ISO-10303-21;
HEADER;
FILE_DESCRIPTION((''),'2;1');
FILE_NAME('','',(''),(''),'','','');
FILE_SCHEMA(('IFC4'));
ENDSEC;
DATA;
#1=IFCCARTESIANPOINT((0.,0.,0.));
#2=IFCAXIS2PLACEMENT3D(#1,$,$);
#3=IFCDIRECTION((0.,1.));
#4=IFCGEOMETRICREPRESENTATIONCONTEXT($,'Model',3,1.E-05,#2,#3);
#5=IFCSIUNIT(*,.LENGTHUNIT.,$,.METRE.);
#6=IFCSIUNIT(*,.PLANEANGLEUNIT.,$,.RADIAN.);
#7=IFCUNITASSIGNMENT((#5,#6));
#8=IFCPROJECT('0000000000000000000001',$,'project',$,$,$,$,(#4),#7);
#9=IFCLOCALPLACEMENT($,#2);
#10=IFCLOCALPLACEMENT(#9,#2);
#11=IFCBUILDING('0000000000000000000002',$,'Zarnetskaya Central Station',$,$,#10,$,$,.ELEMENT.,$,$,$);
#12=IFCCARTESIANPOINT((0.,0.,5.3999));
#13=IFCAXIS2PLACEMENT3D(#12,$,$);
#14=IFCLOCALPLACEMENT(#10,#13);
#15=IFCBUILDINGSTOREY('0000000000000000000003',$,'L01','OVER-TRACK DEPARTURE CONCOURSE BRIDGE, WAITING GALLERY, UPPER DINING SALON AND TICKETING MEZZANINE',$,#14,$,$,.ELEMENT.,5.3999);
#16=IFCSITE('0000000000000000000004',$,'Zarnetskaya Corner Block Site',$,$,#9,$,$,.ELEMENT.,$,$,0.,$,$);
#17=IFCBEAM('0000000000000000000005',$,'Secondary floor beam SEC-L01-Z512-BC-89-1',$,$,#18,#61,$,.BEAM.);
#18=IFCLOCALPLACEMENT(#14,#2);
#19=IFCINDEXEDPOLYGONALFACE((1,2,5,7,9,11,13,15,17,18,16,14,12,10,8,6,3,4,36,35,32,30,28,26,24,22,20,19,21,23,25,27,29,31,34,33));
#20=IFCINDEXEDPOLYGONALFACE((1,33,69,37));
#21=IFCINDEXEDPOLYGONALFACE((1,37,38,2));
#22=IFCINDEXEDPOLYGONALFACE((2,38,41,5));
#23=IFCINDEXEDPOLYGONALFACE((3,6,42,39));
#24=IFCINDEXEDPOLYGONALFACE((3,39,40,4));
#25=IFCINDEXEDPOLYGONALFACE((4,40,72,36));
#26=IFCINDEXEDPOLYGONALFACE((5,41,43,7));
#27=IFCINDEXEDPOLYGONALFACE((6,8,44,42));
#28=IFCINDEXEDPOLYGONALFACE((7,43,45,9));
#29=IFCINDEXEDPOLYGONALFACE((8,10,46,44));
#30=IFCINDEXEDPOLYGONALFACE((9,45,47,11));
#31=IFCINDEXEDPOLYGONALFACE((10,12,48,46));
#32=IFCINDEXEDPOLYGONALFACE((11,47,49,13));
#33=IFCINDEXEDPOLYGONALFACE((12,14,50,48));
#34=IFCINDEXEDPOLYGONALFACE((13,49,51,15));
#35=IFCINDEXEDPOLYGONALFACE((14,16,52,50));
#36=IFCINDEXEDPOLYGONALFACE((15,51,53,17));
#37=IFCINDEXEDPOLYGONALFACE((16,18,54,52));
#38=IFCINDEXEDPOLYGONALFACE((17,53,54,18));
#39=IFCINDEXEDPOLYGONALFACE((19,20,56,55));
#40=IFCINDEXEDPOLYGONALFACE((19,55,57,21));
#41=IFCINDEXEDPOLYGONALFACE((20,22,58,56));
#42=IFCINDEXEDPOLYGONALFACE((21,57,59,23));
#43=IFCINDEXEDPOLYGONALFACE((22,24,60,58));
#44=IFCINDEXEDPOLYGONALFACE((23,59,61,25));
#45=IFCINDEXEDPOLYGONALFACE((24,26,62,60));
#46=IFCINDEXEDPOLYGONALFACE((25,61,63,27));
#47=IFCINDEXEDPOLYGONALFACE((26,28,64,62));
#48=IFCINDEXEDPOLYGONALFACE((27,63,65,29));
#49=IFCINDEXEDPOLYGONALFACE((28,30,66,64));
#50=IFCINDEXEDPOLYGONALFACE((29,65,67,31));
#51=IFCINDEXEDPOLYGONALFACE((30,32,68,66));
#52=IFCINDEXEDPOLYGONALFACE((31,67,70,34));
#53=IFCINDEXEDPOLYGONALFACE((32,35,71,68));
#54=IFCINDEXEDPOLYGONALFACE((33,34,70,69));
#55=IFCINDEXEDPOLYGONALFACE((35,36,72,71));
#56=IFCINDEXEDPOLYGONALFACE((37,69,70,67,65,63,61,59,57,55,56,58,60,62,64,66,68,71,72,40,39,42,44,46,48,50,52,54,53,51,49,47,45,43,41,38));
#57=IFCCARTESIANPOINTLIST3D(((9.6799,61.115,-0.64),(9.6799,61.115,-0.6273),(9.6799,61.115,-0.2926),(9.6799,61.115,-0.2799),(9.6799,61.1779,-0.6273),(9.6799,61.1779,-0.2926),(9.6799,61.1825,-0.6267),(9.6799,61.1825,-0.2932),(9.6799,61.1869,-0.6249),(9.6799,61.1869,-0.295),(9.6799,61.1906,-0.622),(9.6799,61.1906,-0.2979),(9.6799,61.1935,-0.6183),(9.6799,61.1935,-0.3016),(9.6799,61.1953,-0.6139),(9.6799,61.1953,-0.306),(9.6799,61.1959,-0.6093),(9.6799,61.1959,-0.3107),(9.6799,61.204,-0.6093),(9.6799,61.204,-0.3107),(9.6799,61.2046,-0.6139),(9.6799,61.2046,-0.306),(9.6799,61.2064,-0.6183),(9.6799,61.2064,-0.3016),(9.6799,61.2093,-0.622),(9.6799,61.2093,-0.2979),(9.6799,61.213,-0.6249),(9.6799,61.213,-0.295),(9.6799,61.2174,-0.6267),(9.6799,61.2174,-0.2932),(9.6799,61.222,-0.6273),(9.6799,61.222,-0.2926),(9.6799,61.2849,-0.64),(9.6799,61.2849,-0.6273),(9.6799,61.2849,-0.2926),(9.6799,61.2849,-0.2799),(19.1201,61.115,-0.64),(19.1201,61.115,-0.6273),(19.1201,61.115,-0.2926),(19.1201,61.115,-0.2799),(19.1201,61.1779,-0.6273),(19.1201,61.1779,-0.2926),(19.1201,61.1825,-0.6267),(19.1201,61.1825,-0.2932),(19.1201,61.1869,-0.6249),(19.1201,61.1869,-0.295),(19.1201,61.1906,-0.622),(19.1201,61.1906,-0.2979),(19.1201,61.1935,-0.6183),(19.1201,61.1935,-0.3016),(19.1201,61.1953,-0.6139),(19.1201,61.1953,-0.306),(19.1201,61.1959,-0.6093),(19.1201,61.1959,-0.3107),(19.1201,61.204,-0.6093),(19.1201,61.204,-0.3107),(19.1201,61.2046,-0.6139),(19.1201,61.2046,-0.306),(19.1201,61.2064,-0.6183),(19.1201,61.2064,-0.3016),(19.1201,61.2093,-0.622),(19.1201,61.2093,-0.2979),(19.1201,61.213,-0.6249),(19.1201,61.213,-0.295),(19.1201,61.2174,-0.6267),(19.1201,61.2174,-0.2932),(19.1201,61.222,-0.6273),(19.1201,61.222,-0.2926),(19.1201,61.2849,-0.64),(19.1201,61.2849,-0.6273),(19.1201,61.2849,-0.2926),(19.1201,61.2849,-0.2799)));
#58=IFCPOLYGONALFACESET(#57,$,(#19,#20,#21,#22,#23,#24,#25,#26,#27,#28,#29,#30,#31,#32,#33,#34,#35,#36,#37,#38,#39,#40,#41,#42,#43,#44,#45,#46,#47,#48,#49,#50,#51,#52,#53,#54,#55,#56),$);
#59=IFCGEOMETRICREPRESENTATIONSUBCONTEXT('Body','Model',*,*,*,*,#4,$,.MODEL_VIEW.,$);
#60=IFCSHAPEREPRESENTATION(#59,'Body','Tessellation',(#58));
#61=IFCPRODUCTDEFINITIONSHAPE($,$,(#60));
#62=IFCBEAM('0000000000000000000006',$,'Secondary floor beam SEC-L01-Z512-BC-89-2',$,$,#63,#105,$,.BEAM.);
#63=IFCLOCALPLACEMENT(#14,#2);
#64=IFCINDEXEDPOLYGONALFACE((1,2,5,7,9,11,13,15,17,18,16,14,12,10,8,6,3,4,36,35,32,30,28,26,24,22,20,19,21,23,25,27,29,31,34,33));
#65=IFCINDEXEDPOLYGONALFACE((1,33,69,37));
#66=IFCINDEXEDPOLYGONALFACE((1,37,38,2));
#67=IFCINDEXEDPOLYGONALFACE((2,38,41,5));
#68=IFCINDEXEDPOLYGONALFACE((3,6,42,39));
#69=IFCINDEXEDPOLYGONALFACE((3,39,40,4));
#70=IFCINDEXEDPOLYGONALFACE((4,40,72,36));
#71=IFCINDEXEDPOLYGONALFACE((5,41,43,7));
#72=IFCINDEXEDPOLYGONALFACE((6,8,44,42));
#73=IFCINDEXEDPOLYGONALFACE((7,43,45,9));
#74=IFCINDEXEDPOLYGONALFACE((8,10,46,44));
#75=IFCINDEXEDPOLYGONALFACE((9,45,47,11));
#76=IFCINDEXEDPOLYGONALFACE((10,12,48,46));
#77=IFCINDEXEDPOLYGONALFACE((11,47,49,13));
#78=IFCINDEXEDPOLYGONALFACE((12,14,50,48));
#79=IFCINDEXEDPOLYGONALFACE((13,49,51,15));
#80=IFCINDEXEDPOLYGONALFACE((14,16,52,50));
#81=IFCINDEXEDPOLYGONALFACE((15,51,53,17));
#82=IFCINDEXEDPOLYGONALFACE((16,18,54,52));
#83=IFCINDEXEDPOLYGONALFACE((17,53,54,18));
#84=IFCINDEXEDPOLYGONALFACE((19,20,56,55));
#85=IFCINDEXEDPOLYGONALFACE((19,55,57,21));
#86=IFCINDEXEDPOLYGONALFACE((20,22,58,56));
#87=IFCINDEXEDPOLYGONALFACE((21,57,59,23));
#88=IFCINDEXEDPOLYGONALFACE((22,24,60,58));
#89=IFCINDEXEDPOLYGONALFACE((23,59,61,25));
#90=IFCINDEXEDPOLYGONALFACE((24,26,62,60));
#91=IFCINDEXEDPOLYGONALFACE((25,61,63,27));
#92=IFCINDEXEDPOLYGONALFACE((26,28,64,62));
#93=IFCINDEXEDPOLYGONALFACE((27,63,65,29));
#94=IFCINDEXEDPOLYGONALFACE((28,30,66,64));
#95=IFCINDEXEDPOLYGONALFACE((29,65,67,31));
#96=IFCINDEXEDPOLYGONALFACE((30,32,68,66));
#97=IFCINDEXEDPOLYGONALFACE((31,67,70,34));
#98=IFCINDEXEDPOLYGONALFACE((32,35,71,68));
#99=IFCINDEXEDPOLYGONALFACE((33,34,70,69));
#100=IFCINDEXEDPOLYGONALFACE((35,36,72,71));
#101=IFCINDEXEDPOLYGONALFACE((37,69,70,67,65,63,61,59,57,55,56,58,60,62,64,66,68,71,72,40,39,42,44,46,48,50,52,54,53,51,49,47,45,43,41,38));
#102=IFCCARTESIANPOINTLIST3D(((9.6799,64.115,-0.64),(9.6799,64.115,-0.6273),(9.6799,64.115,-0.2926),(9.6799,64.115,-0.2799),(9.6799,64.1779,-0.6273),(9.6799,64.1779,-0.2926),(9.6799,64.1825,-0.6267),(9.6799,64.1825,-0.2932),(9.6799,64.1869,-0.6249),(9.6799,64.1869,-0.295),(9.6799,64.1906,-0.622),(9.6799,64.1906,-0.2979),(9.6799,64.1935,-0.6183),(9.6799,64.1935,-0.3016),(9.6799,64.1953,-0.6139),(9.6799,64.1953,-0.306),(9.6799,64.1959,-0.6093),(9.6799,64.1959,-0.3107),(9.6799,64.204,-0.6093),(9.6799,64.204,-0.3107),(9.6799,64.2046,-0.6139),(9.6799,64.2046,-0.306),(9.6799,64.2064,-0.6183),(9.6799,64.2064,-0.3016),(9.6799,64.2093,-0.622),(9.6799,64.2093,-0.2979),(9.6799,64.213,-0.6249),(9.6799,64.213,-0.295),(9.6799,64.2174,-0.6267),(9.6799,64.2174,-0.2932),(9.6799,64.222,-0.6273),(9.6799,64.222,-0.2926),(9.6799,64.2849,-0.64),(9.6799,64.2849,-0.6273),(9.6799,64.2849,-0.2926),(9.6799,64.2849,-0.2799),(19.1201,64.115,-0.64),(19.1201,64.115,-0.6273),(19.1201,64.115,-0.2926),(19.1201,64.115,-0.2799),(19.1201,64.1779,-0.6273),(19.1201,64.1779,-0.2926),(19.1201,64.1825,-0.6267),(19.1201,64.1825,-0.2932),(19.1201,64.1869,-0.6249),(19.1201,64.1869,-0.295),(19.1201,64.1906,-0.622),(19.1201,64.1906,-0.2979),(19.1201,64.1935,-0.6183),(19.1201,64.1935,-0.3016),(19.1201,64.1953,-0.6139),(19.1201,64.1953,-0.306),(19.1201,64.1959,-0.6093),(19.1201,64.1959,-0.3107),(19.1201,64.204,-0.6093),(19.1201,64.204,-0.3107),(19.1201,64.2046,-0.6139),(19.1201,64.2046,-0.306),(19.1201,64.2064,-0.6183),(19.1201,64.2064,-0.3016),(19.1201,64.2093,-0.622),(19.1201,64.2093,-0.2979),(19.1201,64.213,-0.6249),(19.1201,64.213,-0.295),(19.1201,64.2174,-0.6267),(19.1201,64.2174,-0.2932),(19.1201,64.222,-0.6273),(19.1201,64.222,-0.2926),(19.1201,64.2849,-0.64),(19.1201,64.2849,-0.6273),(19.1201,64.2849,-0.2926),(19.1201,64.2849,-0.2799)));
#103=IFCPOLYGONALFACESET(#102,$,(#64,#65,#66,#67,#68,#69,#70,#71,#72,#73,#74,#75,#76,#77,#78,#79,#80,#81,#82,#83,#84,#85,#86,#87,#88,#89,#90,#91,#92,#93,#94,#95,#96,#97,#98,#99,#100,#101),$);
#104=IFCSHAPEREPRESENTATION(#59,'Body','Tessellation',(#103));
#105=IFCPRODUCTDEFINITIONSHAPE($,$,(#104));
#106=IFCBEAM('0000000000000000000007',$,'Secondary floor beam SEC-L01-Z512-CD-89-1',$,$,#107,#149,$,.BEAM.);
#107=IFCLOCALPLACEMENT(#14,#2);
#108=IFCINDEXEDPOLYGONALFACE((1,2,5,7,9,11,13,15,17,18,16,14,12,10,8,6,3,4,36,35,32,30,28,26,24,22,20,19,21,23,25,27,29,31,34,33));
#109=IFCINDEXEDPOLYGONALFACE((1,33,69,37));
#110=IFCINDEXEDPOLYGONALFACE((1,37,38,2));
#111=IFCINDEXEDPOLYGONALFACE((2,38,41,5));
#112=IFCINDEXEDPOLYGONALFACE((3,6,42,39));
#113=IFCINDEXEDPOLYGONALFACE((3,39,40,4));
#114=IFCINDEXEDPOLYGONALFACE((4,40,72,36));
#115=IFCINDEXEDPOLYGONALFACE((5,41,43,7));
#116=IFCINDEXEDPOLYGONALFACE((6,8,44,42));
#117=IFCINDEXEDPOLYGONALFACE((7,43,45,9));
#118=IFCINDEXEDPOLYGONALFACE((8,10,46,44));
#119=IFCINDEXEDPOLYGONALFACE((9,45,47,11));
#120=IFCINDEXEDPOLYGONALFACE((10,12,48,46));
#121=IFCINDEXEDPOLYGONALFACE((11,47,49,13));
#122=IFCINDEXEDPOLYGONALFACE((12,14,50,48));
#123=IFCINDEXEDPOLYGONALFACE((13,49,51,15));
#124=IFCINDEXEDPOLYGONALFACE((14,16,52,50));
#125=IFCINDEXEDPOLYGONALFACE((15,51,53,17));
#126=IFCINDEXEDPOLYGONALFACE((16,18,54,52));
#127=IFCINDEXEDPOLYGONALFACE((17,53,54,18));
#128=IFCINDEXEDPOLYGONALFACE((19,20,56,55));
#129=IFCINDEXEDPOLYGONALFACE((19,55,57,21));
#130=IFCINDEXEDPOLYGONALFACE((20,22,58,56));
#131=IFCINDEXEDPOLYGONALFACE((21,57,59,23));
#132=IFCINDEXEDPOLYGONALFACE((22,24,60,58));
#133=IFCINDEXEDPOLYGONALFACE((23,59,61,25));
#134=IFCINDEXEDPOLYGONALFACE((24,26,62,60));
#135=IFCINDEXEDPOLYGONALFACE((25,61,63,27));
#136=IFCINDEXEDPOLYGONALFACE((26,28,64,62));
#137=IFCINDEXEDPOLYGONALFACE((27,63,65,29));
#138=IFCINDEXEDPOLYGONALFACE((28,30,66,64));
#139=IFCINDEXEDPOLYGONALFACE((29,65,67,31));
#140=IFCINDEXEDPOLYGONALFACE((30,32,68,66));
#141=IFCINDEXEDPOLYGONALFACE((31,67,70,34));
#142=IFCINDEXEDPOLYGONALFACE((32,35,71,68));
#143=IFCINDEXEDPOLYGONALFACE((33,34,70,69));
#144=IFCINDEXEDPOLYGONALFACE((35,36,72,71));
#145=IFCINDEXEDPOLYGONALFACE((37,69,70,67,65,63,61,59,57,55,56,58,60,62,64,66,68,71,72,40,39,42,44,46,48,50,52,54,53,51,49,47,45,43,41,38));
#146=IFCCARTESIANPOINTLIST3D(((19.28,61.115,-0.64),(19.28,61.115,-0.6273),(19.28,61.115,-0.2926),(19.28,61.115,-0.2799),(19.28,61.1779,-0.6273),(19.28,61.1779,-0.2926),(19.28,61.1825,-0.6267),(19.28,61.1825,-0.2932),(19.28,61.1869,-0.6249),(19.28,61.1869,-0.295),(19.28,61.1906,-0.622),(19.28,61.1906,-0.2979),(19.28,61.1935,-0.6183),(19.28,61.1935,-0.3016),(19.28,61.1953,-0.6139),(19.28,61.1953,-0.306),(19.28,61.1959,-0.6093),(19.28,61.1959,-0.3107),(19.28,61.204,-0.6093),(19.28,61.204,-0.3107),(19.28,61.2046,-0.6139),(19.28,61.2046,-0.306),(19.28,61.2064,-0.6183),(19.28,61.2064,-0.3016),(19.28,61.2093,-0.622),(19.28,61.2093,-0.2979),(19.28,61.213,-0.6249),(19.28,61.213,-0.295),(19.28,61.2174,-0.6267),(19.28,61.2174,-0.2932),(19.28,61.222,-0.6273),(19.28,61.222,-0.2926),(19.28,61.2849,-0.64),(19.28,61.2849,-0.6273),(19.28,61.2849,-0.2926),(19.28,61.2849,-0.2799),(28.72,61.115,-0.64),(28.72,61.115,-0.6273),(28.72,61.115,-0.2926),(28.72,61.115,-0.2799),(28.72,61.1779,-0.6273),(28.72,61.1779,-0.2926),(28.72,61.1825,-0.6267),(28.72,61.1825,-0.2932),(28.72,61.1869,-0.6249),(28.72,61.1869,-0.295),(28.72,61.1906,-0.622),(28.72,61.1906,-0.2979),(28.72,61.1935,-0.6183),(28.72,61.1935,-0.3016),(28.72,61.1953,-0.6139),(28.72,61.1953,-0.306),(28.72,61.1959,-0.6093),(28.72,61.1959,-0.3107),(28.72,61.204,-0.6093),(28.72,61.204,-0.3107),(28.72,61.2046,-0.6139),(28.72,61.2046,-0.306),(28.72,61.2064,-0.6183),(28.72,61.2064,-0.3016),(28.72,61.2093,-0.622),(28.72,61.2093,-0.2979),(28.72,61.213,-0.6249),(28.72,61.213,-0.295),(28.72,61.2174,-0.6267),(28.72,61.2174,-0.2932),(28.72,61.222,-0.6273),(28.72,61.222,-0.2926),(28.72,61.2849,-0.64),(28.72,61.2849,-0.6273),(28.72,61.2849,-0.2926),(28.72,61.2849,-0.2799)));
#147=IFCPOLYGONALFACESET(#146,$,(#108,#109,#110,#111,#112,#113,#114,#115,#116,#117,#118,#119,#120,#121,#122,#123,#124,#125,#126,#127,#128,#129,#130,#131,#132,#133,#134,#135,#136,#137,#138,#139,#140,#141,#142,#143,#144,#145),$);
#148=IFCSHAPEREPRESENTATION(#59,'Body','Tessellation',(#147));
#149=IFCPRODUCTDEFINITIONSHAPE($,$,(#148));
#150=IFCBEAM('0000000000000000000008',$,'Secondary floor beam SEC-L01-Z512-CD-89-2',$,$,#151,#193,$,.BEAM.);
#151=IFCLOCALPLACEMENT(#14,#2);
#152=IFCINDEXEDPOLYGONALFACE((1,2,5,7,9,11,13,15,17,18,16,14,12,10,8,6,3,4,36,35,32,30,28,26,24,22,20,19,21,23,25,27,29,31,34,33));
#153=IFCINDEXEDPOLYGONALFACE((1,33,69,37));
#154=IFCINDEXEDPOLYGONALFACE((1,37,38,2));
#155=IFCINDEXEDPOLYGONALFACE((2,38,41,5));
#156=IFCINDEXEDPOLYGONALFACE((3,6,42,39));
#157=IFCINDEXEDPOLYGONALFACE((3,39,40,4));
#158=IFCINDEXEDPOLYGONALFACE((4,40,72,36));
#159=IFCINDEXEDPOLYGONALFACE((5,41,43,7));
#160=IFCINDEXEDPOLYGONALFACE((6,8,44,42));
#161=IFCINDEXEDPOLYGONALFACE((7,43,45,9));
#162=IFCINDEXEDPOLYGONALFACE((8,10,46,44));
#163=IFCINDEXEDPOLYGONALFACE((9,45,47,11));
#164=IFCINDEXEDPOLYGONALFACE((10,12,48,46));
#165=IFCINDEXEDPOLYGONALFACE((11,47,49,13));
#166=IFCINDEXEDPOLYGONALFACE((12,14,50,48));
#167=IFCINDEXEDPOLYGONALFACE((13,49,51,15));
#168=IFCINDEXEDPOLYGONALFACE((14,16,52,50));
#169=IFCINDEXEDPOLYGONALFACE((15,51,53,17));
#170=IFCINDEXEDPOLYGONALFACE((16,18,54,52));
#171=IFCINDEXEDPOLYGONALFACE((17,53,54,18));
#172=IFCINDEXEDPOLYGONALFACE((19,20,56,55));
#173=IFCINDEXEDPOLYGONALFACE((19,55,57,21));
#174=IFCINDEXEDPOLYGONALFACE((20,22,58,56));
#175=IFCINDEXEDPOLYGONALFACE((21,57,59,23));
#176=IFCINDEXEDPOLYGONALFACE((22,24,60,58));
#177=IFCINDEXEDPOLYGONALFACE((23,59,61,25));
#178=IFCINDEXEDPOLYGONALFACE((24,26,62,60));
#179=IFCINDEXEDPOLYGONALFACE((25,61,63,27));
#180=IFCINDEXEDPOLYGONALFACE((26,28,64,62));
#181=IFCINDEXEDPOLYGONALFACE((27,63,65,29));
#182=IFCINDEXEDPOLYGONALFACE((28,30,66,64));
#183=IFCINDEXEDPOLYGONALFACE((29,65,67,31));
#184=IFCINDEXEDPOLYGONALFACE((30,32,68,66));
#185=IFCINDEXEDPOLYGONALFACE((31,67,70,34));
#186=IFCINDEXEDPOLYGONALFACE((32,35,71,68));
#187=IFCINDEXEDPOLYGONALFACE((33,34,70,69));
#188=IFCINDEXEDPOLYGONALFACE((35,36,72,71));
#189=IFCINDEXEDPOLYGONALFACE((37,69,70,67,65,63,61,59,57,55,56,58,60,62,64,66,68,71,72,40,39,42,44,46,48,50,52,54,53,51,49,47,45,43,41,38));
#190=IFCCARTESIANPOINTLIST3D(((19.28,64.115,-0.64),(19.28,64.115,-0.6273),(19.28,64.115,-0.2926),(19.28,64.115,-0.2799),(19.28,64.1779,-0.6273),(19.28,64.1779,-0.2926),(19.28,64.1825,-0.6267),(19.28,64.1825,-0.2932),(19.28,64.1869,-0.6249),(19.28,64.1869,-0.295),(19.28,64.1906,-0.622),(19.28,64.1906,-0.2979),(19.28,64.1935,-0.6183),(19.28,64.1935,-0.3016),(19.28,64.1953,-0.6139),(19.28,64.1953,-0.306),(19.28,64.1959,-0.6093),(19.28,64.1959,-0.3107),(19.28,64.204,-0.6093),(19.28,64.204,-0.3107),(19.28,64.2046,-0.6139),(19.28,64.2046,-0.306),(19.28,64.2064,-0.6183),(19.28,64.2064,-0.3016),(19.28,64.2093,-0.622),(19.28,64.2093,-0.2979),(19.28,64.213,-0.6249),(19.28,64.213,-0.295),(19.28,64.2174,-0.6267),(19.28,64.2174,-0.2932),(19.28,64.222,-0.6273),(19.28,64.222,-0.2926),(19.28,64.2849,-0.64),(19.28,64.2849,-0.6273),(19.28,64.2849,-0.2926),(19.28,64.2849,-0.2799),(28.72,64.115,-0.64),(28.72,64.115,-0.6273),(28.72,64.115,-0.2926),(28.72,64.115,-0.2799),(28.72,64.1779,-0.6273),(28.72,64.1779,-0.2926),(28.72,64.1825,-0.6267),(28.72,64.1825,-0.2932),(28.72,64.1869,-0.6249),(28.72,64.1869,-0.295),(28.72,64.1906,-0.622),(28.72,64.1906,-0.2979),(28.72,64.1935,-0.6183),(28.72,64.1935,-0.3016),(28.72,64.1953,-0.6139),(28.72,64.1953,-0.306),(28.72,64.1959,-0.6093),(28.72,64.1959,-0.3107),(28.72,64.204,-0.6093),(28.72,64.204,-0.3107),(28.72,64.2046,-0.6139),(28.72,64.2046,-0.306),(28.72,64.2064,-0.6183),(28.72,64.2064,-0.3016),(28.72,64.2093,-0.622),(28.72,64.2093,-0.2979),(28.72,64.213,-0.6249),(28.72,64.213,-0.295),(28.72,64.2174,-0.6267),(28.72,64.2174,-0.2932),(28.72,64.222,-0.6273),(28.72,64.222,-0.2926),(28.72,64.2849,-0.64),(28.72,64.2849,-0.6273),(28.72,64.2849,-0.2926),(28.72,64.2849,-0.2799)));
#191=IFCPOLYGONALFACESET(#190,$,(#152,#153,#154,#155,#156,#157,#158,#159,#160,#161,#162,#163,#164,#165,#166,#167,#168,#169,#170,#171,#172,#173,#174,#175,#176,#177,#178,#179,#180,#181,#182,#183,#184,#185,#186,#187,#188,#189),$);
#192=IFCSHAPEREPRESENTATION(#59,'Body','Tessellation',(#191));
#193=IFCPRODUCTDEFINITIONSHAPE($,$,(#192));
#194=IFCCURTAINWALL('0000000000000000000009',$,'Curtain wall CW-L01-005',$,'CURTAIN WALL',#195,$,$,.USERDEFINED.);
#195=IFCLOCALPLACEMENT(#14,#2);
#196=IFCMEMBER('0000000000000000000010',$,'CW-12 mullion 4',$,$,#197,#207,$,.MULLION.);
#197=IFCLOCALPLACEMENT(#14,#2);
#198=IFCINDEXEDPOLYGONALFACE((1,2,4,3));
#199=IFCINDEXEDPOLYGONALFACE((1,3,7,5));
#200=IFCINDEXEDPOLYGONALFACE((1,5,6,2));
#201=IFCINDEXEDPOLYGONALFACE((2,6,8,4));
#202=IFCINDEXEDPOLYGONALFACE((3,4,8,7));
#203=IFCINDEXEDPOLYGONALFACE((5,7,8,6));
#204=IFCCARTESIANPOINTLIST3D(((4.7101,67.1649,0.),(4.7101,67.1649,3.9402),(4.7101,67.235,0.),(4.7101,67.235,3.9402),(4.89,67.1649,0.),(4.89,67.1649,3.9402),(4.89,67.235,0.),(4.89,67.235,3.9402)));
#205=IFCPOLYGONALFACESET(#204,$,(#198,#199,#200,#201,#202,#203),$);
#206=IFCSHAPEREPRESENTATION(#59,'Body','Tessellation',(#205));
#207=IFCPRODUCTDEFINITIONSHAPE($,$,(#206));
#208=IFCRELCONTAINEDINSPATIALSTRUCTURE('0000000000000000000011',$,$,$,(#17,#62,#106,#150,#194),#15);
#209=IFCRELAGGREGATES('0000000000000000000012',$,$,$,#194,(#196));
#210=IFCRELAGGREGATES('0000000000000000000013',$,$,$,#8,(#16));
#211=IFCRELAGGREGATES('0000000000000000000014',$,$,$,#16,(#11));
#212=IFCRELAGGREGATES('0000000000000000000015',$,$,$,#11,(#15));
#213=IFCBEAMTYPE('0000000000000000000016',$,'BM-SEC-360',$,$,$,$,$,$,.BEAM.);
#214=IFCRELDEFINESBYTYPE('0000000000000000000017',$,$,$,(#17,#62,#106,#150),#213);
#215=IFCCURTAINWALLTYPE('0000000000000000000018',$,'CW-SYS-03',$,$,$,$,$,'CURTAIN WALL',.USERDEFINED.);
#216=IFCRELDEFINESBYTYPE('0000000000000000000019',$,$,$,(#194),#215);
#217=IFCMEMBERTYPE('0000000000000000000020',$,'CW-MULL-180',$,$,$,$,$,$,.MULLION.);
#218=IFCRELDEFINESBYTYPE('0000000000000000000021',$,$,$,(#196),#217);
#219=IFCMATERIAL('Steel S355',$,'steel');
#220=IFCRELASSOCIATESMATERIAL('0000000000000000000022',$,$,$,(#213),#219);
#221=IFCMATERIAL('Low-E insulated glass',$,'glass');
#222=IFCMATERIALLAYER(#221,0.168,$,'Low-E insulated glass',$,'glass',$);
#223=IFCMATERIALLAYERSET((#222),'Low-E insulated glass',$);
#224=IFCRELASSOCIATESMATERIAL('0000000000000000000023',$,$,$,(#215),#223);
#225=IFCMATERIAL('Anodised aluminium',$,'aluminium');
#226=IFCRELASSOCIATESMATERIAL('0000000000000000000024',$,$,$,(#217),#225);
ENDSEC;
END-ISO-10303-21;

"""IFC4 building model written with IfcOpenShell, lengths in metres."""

from ifc_helpers import new_model, si_unit, direction, frame, origin, origin_2d, place, context, subcontext, project, spatial, rectangle, i_section, extrude, material, layer, layer_set, material_profile, profile_set, type_object, element, aggregate, save


model = new_model("IFC4")

# Units and contexts
model_context = context("Model", 3, precision=1e-05, world=origin(), true_north=direction((0.0, 1.0)))
body_context = subcontext(model_context, "Body", "Model", "MODEL_VIEW")
ifc_project = project(units=[si_unit("LENGTHUNIT", "METRE"), si_unit("PLANEANGLEUNIT", "RADIAN")], contexts=[model_context])

# Site, building, storey
site_placement = place(None, origin())
site = spatial("IfcSite", under=ifc_project, at=site_placement, Name="Zarnetskaya Corner Block Site", CompositionType="ELEMENT", RefElevation=0.0)
building_placement = place(site_placement, origin())
building = spatial("IfcBuilding", under=site, at=building_placement, Name="Zarnetskaya Central Station", CompositionType="ELEMENT")
storey_placement = place(building_placement, frame((0.0, 0.0, 5.3999)))
storey = spatial("IfcBuildingStorey", under=building, at=storey_placement, Name="L01", Description="OVER-TRACK DEPARTURE CONCOURSE BRIDGE, WAITING GALLERY, UPPER DINING SALON AND TICKETING MEZZANINE", CompositionType="ELEMENT", Elevation=5.3999)

# Beams
ifc_material_1 = material(Name="Steel S355", Category="steel")
ifc_material_profile_1 = material_profile(ifc_material_1, i_section(OverallWidth=0.1699, OverallDepth=0.3601, WebThickness=0.0081, FlangeThickness=0.0127, FilletRadius=0.0181, at=origin_2d()), Name="IPE 360")
ifc_profile_set_1 = profile_set([ifc_material_profile_1], Name="Steel S355")
beam_type_1 = type_object("IfcBeamType", Name="BM-SEC-360", PredefinedType="BEAM", material=ifc_profile_set_1)
for number, where, z_axis, x_axis, name in (
    (1, (9.6799, 61.2, -0.46), (1.0, 0.0, 0.0), (0.0, 1.0, 0.0), "Secondary floor beam SEC-L01-Z512-BC-89-1"),
    (2, (9.6799, 64.2, -0.46), (1.0, 0.0, 0.0), (0.0, 1.0, 0.0), "Secondary floor beam SEC-L01-Z512-BC-89-2"),
):
    element("IfcBeam", number, at=place(storey_placement, frame(where, z_axis=z_axis, x_axis=x_axis)), inside=storey, type_object=beam_type_1, Name=name, PredefinedType="BEAM", context=body_context, shape_type="SweptSolid", body=[
        extrude(i_section(OverallWidth=0.1699, OverallDepth=0.3601, WebThickness=0.0081, FlangeThickness=0.0127, FilletRadius=0.0181, at=origin_2d()), origin(), (0.0, 0.0, 1.0), 9.4402),
    ])
for number, where, z_axis, x_axis, name in (
    (3, (19.28, 61.2, -0.46), (1.0, 0.0, 0.0), (0.0, 1.0, 0.0), "Secondary floor beam SEC-L01-Z512-CD-89-1"),
    (4, (19.28, 64.2, -0.46), (1.0, 0.0, 0.0), (0.0, 1.0, 0.0), "Secondary floor beam SEC-L01-Z512-CD-89-2"),
):
    element("IfcBeam", number, at=place(storey_placement, frame(where, z_axis=z_axis, x_axis=x_axis)), inside=storey, type_object=beam_type_1, Name=name, PredefinedType="BEAM", context=body_context, shape_type="SweptSolid", body=[
        extrude(i_section(OverallWidth=0.1699, OverallDepth=0.3601, WebThickness=0.0081, FlangeThickness=0.0127, FilletRadius=0.0181, at=origin_2d()), origin(), (0.0, 0.0, 1.0), 9.4399),
    ])

# Curtain wall, member
ifc_material_2 = material(Name="Low-E insulated glass", Category="glass")
ifc_layer_1 = layer(ifc_material_2, 0.168, Name="Low-E insulated glass", Category="glass")
ifc_layer_set_1 = layer_set([ifc_layer_1], Name="Low-E insulated glass")
curtain_wall_type = type_object("IfcCurtainWallType", Name="CW-SYS-03", ElementType="CURTAIN WALL", PredefinedType="USERDEFINED", material=ifc_layer_set_1)
curtain_wall_placement = place(storey_placement, origin())
curtain_wall = element("IfcCurtainWall", 5, at=curtain_wall_placement, inside=storey, type_object=curtain_wall_type, Name="Curtain wall CW-L01-005", ObjectType="CURTAIN WALL", PredefinedType="USERDEFINED")
ifc_material_3 = material(Name="Anodised aluminium", Category="aluminium")
ifc_material_profile_2 = material_profile(ifc_material_3, rectangle(XDim=0.0701, YDim=0.1799, at=origin_2d()), Name="ALU MULL 70x180")
ifc_profile_set_2 = profile_set([ifc_material_profile_2], Name="Anodised aluminium")
member_type_1 = type_object("IfcMemberType", Name="CW-MULL-180", PredefinedType="MULLION", material=ifc_profile_set_2)
member_1_placement = place(storey_placement, frame((4.8, 67.2, 0.0), z_axis=(0.0, 0.0, 1.0), x_axis=(0.0, 1.0, 0.0)))
member_1 = element("IfcMember", 6, at=member_1_placement, type_object=member_type_1, Name="CW-12 mullion 4", PredefinedType="MULLION", context=body_context, shape_type="SweptSolid", body=[
    extrude(rectangle(XDim=0.0701, YDim=0.1799, at=origin_2d()), origin(), (0.0, 0.0, 1.0), 3.9402),
])

aggregate(curtain_wall, [member_1])

save(model, "model.ifc")
